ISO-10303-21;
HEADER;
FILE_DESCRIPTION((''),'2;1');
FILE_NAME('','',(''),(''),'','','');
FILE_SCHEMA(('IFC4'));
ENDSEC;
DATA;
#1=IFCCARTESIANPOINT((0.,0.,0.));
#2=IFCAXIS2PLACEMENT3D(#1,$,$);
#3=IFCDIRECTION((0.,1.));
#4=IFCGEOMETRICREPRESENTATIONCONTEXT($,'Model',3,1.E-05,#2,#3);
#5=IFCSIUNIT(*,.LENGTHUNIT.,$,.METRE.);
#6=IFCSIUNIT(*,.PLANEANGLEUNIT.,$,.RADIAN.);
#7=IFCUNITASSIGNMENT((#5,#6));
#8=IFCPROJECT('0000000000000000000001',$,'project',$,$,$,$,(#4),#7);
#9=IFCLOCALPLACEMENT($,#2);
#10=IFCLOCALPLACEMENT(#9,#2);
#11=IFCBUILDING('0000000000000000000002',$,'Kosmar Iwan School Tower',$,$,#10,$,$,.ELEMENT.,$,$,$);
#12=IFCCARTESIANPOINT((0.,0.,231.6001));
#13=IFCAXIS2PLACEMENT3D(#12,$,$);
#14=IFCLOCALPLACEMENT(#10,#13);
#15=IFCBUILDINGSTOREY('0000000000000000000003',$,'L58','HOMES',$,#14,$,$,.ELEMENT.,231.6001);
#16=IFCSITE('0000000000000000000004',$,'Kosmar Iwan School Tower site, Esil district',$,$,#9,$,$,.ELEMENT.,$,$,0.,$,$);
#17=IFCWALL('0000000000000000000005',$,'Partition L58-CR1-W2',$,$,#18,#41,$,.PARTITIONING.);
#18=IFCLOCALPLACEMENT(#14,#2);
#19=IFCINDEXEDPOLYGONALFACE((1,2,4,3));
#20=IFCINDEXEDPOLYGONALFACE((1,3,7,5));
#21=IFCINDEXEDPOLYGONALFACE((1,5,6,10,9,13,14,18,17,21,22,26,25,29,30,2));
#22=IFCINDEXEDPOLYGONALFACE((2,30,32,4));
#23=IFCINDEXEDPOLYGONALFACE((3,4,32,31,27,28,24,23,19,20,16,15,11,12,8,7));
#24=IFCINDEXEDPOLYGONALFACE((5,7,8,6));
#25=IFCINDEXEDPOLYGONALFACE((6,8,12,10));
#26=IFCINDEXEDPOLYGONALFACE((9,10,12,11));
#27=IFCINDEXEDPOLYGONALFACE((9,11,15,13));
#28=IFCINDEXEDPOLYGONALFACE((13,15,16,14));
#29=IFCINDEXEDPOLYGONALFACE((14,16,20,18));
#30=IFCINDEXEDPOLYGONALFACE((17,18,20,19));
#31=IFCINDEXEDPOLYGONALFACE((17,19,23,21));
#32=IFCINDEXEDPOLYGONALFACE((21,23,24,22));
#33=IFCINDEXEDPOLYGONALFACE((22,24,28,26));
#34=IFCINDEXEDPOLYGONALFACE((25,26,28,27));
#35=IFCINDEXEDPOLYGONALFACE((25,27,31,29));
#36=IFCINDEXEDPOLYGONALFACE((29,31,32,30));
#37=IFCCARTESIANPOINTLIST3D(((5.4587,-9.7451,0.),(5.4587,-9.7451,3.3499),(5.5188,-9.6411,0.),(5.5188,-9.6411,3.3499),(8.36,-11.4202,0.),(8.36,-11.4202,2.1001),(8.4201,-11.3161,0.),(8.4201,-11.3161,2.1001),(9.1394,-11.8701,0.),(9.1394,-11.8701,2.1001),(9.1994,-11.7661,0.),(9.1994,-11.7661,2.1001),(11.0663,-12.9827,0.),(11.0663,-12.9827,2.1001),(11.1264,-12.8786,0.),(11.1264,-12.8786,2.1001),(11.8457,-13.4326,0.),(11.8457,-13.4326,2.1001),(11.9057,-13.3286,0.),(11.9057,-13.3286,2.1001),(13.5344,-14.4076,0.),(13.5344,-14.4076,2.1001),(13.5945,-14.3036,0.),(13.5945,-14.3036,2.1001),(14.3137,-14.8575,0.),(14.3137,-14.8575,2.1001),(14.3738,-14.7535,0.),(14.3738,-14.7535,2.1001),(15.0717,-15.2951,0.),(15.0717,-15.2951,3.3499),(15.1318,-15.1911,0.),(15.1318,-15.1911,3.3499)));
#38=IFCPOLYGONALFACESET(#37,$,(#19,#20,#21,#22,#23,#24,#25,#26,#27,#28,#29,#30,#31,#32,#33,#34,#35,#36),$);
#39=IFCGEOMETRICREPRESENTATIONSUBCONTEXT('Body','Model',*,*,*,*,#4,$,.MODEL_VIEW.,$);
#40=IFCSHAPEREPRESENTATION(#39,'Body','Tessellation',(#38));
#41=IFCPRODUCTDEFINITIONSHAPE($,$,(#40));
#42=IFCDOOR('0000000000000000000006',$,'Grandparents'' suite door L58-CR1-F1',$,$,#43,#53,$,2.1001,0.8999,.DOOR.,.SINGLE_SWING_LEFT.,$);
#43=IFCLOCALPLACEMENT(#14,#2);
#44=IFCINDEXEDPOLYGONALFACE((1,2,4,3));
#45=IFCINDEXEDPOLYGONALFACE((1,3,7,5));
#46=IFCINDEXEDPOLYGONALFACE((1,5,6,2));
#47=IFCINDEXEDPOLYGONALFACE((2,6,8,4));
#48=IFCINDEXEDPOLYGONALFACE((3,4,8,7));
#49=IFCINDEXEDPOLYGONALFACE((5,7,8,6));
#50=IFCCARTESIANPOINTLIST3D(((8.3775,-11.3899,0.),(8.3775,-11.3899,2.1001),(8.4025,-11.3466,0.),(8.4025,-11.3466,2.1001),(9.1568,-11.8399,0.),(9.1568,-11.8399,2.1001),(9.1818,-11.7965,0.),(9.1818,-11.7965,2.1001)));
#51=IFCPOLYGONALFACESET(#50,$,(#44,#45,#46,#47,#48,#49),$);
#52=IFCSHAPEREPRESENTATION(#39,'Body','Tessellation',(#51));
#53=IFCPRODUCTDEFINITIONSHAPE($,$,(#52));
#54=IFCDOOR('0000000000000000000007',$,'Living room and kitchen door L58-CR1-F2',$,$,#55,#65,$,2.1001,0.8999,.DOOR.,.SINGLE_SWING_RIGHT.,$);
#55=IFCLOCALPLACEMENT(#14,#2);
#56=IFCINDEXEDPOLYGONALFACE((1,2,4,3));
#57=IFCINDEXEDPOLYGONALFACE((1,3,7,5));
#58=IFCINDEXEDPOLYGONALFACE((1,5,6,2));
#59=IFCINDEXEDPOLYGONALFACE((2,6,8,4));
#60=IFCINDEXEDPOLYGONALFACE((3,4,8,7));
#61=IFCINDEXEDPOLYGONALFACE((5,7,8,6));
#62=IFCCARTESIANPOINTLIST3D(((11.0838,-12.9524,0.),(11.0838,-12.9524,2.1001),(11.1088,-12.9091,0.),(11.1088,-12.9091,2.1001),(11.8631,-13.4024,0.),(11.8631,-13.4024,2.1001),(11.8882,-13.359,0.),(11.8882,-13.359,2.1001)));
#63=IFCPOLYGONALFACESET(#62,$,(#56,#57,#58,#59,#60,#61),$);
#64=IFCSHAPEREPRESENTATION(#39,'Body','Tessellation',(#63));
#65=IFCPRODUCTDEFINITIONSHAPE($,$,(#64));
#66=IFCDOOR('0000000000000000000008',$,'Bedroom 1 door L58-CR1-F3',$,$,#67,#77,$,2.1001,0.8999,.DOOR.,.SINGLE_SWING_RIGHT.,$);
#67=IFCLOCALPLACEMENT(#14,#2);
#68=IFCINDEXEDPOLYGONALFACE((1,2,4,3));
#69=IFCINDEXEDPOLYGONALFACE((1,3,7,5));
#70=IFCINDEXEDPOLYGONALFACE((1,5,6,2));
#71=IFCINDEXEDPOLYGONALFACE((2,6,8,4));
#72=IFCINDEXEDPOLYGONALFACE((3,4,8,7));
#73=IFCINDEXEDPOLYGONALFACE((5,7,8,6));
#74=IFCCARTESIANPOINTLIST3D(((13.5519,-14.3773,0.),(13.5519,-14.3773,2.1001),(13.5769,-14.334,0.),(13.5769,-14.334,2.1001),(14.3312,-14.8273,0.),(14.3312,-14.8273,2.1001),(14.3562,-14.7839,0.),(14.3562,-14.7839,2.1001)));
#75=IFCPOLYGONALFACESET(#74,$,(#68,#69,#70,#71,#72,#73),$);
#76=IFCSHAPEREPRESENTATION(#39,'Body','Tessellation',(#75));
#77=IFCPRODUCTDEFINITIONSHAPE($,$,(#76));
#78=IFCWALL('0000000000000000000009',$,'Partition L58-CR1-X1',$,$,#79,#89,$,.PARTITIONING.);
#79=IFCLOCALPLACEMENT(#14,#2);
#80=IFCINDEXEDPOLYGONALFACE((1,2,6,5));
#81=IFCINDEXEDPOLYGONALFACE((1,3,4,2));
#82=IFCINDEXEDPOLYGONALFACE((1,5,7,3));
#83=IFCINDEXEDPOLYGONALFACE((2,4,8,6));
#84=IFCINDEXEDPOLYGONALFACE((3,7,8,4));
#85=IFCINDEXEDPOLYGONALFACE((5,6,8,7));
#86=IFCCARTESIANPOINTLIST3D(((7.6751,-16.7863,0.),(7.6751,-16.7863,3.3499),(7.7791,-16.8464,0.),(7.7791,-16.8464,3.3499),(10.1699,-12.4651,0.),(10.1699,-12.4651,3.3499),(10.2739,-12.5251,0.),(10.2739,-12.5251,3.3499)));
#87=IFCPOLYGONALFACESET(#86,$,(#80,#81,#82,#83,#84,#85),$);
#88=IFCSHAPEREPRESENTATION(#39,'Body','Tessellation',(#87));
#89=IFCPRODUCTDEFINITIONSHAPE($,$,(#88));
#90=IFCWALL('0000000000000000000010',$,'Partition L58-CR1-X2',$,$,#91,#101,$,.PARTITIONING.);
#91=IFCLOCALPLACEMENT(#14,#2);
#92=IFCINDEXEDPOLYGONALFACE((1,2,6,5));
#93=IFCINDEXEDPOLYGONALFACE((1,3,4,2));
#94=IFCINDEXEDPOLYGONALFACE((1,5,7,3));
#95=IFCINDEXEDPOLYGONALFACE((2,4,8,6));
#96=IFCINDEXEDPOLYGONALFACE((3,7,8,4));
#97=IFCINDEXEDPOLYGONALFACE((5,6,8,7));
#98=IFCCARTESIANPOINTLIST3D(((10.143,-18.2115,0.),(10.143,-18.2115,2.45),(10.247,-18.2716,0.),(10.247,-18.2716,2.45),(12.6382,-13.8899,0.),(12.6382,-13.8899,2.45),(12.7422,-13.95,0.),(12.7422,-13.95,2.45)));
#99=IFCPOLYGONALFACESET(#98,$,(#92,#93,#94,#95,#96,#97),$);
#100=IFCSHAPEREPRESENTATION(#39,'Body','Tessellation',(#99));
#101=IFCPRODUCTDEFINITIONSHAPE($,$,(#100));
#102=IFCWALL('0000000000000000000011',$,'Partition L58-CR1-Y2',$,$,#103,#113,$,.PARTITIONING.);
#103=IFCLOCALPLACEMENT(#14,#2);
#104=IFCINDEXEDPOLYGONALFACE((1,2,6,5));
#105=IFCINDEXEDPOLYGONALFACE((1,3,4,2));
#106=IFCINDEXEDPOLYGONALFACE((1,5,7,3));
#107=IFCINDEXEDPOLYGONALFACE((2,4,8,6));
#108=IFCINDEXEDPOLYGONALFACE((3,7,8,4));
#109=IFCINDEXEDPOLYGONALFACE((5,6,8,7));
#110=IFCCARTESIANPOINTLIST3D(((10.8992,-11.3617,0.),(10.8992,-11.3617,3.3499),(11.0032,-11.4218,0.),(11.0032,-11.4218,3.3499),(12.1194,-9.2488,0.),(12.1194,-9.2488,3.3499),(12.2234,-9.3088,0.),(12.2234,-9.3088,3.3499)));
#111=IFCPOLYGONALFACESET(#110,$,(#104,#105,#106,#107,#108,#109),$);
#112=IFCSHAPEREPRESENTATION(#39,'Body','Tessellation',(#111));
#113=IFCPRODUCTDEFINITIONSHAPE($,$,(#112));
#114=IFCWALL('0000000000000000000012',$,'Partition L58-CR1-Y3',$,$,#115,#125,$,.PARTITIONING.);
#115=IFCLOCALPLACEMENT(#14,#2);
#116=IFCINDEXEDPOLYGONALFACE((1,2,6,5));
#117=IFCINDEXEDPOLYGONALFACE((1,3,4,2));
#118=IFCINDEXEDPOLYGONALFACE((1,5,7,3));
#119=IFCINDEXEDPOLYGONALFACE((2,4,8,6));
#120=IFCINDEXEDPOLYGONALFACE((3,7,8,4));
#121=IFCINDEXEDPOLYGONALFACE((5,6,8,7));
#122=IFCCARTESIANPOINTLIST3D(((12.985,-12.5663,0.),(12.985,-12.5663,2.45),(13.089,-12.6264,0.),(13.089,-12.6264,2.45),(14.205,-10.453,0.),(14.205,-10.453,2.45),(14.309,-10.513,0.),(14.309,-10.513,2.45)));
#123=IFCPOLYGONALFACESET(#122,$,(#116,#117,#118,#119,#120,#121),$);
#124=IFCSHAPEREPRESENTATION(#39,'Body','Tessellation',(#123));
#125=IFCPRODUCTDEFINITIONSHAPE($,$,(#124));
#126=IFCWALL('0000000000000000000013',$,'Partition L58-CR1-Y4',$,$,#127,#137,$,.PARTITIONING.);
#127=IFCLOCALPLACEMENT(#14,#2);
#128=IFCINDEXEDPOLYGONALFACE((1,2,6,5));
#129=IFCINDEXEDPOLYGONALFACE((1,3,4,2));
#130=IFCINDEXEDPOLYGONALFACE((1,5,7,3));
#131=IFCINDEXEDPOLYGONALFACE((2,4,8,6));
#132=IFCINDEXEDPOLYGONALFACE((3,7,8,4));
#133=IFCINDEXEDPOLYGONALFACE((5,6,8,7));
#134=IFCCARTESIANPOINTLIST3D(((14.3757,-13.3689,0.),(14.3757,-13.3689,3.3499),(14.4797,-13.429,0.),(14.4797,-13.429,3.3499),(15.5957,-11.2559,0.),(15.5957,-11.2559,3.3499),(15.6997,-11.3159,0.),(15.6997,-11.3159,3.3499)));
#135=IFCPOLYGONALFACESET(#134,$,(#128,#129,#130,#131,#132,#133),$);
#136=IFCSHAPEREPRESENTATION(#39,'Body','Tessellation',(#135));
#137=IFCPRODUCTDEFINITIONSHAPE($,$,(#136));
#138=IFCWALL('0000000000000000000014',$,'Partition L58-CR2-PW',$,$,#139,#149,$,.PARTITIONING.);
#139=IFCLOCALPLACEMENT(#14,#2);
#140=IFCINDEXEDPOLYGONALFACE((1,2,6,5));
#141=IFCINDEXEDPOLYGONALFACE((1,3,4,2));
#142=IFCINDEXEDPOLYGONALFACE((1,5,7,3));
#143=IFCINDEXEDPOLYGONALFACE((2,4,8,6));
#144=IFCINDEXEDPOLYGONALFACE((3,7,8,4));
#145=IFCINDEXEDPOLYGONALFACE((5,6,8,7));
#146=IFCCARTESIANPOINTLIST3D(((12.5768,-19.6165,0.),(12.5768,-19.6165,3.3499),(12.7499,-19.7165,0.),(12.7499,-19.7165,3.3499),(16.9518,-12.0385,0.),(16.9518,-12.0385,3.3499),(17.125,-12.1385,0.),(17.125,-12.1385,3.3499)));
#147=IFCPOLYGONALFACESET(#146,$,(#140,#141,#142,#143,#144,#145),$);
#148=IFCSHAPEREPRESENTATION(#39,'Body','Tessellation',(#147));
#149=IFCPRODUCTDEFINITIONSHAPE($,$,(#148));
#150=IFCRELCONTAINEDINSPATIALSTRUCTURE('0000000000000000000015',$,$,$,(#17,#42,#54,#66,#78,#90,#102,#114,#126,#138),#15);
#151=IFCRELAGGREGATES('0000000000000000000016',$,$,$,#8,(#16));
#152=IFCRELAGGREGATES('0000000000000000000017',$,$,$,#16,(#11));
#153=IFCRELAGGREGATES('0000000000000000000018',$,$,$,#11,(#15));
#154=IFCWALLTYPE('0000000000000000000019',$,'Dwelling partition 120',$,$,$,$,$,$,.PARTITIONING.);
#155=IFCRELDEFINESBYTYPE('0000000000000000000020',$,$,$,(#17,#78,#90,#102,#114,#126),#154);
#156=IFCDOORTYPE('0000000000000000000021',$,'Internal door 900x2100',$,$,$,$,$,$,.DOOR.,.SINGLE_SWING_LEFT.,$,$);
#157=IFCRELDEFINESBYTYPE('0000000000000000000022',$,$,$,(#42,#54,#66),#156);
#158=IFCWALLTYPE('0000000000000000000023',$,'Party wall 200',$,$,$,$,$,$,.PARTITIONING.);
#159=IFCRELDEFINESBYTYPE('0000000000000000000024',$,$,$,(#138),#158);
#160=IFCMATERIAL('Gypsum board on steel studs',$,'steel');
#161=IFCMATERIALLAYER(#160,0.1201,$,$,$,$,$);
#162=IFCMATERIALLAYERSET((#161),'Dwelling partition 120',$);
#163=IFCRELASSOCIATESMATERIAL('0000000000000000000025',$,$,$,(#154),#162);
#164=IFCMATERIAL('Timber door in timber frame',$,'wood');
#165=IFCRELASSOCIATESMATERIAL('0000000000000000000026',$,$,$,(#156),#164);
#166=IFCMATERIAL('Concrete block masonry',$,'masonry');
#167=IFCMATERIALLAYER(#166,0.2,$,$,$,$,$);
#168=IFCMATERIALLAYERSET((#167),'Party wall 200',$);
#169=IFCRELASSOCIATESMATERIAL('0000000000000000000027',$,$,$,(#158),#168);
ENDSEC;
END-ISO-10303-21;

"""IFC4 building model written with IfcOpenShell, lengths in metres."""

from ifc_helpers import new_model, si_unit, direction, frame, frame_2d, origin, place, context, subcontext, project, spatial, rectangle, extrude, material, layer, layer_set, type_object, element, fill, save


model = new_model("IFC4")

# Units and contexts
model_context = context("Model", 3, precision=1e-05, world=origin(), true_north=direction((0.0, 1.0)))
body_context = subcontext(model_context, "Body", "Model", "MODEL_VIEW")
ifc_project = project(units=[si_unit("LENGTHUNIT", "METRE"), si_unit("PLANEANGLEUNIT", "RADIAN")], contexts=[model_context])

# Site, building, storey
site_placement = place(None, origin())
site = spatial("IfcSite", under=ifc_project, at=site_placement, Name="Kosmar Iwan School Tower site, Esil district", CompositionType="ELEMENT", RefElevation=0.0)
building_placement = place(site_placement, origin())
building = spatial("IfcBuilding", under=site, at=building_placement, Name="Kosmar Iwan School Tower", CompositionType="ELEMENT")
storey_placement = place(building_placement, frame((0.0, 0.0, 231.6001)))
storey = spatial("IfcBuildingStorey", under=building, at=storey_placement, Name="L58", Description="HOMES", CompositionType="ELEMENT", Elevation=231.6001)

# Wall, openings, doors
ifc_material_1 = material(Name="Gypsum board on steel studs", Category="steel")
ifc_layer_1 = layer(ifc_material_1, 0.1201)
ifc_layer_set_1 = layer_set([ifc_layer_1], Name="Dwelling partition 120")
wall_type_1 = type_object("IfcWallType", Name="Dwelling partition 120", PredefinedType="PARTITIONING", material=ifc_layer_set_1)
ifc_material_2 = material(Name="Timber door in timber frame", Category="wood")
door_type_1 = type_object("IfcDoorType", Name="Internal door 900x2100", OperationType="SINGLE_SWING_LEFT", PredefinedType="DOOR", material=ifc_material_2)
wall_1_placement = place(storey_placement, frame((5.4888, -9.6931, 0.0), z_axis=(0.0, 0.0, 1.0), x_axis=(0.866027, -0.499997, 0.0)))
wall_1 = element("IfcWall", 1, at=wall_1_placement, inside=storey, type_object=wall_type_1, Name="Partition L58-CR1-W2", PredefinedType="PARTITIONING", context=body_context, shape_type="SweptSolid", body=[
    extrude(rectangle(XDim=11.1001, YDim=0.1201, at=frame_2d((5.55, 0.0))), origin(), (0.0, 0.0, 1.0), 3.3499),
])
opening_1_placement = place(wall_1_placement, frame((3.3501, 0.0, 0.0)))
opening_1 = element("IfcOpeningElement", 2, at=opening_1_placement, cuts=wall_1, PredefinedType="OPENING", context=body_context, shape_type="SweptSolid", body=[
    extrude(rectangle(XDim=0.8999, YDim=2.1001, at=frame_2d((0.45, 1.05))), frame((0.0, 0.072, 0.0), z_axis=(0.0, -1.0, 0.0), x_axis=(1.0, 0.0, 0.0)), (0.0, 0.0, 1.0), 0.144),
])
opening_2_placement = place(wall_1_placement, frame((6.4751, 0.0, 0.0)))
opening_2 = element("IfcOpeningElement", 3, at=opening_2_placement, cuts=wall_1, PredefinedType="OPENING", context=body_context, shape_type="SweptSolid", body=[
    extrude(rectangle(XDim=0.8999, YDim=2.1001, at=frame_2d((0.45, 1.05))), frame((0.0, 0.072, 0.0), z_axis=(0.0, -1.0, 0.0), x_axis=(1.0, 0.0, 0.0)), (0.0, 0.0, 1.0), 0.144),
])
opening_3_placement = place(wall_1_placement, frame((9.325, 0.0, 0.0)))
opening_3 = element("IfcOpeningElement", 4, at=opening_3_placement, cuts=wall_1, PredefinedType="OPENING", context=body_context, shape_type="SweptSolid", body=[
    extrude(rectangle(XDim=0.8999, YDim=2.1001, at=frame_2d((0.45, 1.05))), frame((0.0, 0.072, 0.0), z_axis=(0.0, -1.0, 0.0), x_axis=(1.0, 0.0, 0.0)), (0.0, 0.0, 1.0), 0.144),
])
door_1_placement = place(opening_1_placement, origin())
door_1 = element("IfcDoor", 5, at=door_1_placement, inside=storey, type_object=door_type_1, Name="Grandparents' suite door L58-CR1-F1", OperationType="SINGLE_SWING_LEFT", OverallHeight=2.1001, OverallWidth=0.8999, PredefinedType="DOOR", context=body_context, shape_type="SweptSolid", body=[
    extrude(rectangle(XDim=0.8999, YDim=2.1001, at=frame_2d((0.45, 1.05))), frame((0.0, 0.0249, 0.0), z_axis=(0.0, -1.0, 0.0), x_axis=(1.0, 0.0, 0.0)), (0.0, 0.0, 1.0), 0.05),
])
fill(opening_1, door_1)
door_2_placement = place(opening_2_placement, origin())
door_2 = element("IfcDoor", 6, at=door_2_placement, inside=storey, type_object=door_type_1, Name="Living room and kitchen door L58-CR1-F2", OperationType="SINGLE_SWING_RIGHT", OverallHeight=2.1001, OverallWidth=0.8999, PredefinedType="DOOR", context=body_context, shape_type="SweptSolid", body=[
    extrude(rectangle(XDim=0.8999, YDim=2.1001, at=frame_2d((0.45, 1.05))), frame((0.0, 0.0249, 0.0), z_axis=(0.0, -1.0, 0.0), x_axis=(1.0, 0.0, 0.0)), (0.0, 0.0, 1.0), 0.05),
])
fill(opening_2, door_2)
door_3_placement = place(opening_3_placement, origin())
door_3 = element("IfcDoor", 7, at=door_3_placement, inside=storey, type_object=door_type_1, Name="Bedroom 1 door L58-CR1-F3", OperationType="SINGLE_SWING_RIGHT", OverallHeight=2.1001, OverallWidth=0.8999, PredefinedType="DOOR", context=body_context, shape_type="SweptSolid", body=[
    extrude(rectangle(XDim=0.8999, YDim=2.1001, at=frame_2d((0.45, 1.05))), frame((0.0, 0.0249, 0.0), z_axis=(0.0, -1.0, 0.0), x_axis=(1.0, 0.0, 0.0)), (0.0, 0.0, 1.0), 0.05),
])
fill(opening_3, door_3)

# Walls
wall_2_placement = place(storey_placement, frame((10.2219, -12.4951, 0.0), z_axis=(0.0, 0.0, 1.0), x_axis=(-0.499996, -0.866028, 0.0)))
element("IfcWall", 8, at=wall_2_placement, inside=storey, type_object=wall_type_1, Name="Partition L58-CR1-X1", PredefinedType="PARTITIONING", context=body_context, shape_type="SweptSolid", body=[
    extrude(rectangle(XDim=4.9897, YDim=0.1201, at=frame_2d((2.4949, 0.0))), origin(), (0.0, 0.0, 1.0), 3.3499),
])
wall_3_placement = place(storey_placement, frame((12.6902, -13.9199, 0.0), z_axis=(0.0, 0.0, 1.0), x_axis=(-0.500012, -0.866019, 0.0)))
element("IfcWall", 9, at=wall_3_placement, inside=storey, type_object=wall_type_1, Name="Partition L58-CR1-X2", PredefinedType="PARTITIONING", context=body_context, shape_type="SweptSolid", body=[
    extrude(rectangle(XDim=4.9902, YDim=0.1201, at=frame_2d((2.4951, 0.0))), origin(), (0.0, 0.0, 1.0), 2.45),
])
wall_4_placement = place(storey_placement, frame((12.1714, -9.2788, 0.0), z_axis=(0.0, 0.0, 1.0), x_axis=(-0.500078, -0.865981, 0.0)))
element("IfcWall", 10, at=wall_4_placement, inside=storey, type_object=wall_type_1, Name="Partition L58-CR1-Y2", PredefinedType="PARTITIONING", context=body_context, shape_type="SweptSolid", body=[
    extrude(rectangle(XDim=2.4399, YDim=0.1201, at=frame_2d((1.22, 0.0))), origin(), (0.0, 0.0, 1.0), 3.3499),
])
wall_5_placement = place(storey_placement, frame((14.2571, -10.4829, 0.0), z_axis=(0.0, 0.0, 1.0), x_axis=(-0.499959, -0.866049, 0.0)))
element("IfcWall", 11, at=wall_5_placement, inside=storey, type_object=wall_type_1, Name="Partition L58-CR1-Y3", PredefinedType="PARTITIONING", context=body_context, shape_type="SweptSolid", body=[
    extrude(rectangle(XDim=2.4402, YDim=0.1201, at=frame_2d((1.2202, 0.0))), origin(), (0.0, 0.0, 1.0), 2.45),
])
wall_6_placement = place(storey_placement, frame((15.6477, -11.2859, 0.0), z_axis=(0.0, 0.0, 1.0), x_axis=(-0.500003, -0.866024, 0.0)))
element("IfcWall", 12, at=wall_6_placement, inside=storey, type_object=wall_type_1, Name="Partition L58-CR1-Y4", PredefinedType="PARTITIONING", context=body_context, shape_type="SweptSolid", body=[
    extrude(rectangle(XDim=2.4399, YDim=0.1201, at=frame_2d((1.22, 0.0))), origin(), (0.0, 0.0, 1.0), 3.3499),
])
ifc_material_3 = material(Name="Concrete block masonry", Category="masonry")
ifc_layer_2 = layer(ifc_material_3, 0.2)
ifc_layer_set_2 = layer_set([ifc_layer_2], Name="Party wall 200")
wall_type_2 = type_object("IfcWallType", Name="Party wall 200", PredefinedType="PARTITIONING", material=ifc_layer_set_2)
wall_7_placement = place(storey_placement, frame((17.0383, -12.0886, 0.0), z_axis=(0.0, 0.0, 1.0), x_axis=(-0.499992, -0.86603, 0.0)))
element("IfcWall", 13, at=wall_7_placement, inside=storey, type_object=wall_type_2, Name="Partition L58-CR2-PW", PredefinedType="PARTITIONING", context=body_context, shape_type="SweptSolid", body=[
    extrude(rectangle(XDim=8.7502, YDim=0.2, at=frame_2d((4.375, 0.0))), origin(), (0.0, 0.0, 1.0), 3.3499),
])

save(model, "model.ifc")
